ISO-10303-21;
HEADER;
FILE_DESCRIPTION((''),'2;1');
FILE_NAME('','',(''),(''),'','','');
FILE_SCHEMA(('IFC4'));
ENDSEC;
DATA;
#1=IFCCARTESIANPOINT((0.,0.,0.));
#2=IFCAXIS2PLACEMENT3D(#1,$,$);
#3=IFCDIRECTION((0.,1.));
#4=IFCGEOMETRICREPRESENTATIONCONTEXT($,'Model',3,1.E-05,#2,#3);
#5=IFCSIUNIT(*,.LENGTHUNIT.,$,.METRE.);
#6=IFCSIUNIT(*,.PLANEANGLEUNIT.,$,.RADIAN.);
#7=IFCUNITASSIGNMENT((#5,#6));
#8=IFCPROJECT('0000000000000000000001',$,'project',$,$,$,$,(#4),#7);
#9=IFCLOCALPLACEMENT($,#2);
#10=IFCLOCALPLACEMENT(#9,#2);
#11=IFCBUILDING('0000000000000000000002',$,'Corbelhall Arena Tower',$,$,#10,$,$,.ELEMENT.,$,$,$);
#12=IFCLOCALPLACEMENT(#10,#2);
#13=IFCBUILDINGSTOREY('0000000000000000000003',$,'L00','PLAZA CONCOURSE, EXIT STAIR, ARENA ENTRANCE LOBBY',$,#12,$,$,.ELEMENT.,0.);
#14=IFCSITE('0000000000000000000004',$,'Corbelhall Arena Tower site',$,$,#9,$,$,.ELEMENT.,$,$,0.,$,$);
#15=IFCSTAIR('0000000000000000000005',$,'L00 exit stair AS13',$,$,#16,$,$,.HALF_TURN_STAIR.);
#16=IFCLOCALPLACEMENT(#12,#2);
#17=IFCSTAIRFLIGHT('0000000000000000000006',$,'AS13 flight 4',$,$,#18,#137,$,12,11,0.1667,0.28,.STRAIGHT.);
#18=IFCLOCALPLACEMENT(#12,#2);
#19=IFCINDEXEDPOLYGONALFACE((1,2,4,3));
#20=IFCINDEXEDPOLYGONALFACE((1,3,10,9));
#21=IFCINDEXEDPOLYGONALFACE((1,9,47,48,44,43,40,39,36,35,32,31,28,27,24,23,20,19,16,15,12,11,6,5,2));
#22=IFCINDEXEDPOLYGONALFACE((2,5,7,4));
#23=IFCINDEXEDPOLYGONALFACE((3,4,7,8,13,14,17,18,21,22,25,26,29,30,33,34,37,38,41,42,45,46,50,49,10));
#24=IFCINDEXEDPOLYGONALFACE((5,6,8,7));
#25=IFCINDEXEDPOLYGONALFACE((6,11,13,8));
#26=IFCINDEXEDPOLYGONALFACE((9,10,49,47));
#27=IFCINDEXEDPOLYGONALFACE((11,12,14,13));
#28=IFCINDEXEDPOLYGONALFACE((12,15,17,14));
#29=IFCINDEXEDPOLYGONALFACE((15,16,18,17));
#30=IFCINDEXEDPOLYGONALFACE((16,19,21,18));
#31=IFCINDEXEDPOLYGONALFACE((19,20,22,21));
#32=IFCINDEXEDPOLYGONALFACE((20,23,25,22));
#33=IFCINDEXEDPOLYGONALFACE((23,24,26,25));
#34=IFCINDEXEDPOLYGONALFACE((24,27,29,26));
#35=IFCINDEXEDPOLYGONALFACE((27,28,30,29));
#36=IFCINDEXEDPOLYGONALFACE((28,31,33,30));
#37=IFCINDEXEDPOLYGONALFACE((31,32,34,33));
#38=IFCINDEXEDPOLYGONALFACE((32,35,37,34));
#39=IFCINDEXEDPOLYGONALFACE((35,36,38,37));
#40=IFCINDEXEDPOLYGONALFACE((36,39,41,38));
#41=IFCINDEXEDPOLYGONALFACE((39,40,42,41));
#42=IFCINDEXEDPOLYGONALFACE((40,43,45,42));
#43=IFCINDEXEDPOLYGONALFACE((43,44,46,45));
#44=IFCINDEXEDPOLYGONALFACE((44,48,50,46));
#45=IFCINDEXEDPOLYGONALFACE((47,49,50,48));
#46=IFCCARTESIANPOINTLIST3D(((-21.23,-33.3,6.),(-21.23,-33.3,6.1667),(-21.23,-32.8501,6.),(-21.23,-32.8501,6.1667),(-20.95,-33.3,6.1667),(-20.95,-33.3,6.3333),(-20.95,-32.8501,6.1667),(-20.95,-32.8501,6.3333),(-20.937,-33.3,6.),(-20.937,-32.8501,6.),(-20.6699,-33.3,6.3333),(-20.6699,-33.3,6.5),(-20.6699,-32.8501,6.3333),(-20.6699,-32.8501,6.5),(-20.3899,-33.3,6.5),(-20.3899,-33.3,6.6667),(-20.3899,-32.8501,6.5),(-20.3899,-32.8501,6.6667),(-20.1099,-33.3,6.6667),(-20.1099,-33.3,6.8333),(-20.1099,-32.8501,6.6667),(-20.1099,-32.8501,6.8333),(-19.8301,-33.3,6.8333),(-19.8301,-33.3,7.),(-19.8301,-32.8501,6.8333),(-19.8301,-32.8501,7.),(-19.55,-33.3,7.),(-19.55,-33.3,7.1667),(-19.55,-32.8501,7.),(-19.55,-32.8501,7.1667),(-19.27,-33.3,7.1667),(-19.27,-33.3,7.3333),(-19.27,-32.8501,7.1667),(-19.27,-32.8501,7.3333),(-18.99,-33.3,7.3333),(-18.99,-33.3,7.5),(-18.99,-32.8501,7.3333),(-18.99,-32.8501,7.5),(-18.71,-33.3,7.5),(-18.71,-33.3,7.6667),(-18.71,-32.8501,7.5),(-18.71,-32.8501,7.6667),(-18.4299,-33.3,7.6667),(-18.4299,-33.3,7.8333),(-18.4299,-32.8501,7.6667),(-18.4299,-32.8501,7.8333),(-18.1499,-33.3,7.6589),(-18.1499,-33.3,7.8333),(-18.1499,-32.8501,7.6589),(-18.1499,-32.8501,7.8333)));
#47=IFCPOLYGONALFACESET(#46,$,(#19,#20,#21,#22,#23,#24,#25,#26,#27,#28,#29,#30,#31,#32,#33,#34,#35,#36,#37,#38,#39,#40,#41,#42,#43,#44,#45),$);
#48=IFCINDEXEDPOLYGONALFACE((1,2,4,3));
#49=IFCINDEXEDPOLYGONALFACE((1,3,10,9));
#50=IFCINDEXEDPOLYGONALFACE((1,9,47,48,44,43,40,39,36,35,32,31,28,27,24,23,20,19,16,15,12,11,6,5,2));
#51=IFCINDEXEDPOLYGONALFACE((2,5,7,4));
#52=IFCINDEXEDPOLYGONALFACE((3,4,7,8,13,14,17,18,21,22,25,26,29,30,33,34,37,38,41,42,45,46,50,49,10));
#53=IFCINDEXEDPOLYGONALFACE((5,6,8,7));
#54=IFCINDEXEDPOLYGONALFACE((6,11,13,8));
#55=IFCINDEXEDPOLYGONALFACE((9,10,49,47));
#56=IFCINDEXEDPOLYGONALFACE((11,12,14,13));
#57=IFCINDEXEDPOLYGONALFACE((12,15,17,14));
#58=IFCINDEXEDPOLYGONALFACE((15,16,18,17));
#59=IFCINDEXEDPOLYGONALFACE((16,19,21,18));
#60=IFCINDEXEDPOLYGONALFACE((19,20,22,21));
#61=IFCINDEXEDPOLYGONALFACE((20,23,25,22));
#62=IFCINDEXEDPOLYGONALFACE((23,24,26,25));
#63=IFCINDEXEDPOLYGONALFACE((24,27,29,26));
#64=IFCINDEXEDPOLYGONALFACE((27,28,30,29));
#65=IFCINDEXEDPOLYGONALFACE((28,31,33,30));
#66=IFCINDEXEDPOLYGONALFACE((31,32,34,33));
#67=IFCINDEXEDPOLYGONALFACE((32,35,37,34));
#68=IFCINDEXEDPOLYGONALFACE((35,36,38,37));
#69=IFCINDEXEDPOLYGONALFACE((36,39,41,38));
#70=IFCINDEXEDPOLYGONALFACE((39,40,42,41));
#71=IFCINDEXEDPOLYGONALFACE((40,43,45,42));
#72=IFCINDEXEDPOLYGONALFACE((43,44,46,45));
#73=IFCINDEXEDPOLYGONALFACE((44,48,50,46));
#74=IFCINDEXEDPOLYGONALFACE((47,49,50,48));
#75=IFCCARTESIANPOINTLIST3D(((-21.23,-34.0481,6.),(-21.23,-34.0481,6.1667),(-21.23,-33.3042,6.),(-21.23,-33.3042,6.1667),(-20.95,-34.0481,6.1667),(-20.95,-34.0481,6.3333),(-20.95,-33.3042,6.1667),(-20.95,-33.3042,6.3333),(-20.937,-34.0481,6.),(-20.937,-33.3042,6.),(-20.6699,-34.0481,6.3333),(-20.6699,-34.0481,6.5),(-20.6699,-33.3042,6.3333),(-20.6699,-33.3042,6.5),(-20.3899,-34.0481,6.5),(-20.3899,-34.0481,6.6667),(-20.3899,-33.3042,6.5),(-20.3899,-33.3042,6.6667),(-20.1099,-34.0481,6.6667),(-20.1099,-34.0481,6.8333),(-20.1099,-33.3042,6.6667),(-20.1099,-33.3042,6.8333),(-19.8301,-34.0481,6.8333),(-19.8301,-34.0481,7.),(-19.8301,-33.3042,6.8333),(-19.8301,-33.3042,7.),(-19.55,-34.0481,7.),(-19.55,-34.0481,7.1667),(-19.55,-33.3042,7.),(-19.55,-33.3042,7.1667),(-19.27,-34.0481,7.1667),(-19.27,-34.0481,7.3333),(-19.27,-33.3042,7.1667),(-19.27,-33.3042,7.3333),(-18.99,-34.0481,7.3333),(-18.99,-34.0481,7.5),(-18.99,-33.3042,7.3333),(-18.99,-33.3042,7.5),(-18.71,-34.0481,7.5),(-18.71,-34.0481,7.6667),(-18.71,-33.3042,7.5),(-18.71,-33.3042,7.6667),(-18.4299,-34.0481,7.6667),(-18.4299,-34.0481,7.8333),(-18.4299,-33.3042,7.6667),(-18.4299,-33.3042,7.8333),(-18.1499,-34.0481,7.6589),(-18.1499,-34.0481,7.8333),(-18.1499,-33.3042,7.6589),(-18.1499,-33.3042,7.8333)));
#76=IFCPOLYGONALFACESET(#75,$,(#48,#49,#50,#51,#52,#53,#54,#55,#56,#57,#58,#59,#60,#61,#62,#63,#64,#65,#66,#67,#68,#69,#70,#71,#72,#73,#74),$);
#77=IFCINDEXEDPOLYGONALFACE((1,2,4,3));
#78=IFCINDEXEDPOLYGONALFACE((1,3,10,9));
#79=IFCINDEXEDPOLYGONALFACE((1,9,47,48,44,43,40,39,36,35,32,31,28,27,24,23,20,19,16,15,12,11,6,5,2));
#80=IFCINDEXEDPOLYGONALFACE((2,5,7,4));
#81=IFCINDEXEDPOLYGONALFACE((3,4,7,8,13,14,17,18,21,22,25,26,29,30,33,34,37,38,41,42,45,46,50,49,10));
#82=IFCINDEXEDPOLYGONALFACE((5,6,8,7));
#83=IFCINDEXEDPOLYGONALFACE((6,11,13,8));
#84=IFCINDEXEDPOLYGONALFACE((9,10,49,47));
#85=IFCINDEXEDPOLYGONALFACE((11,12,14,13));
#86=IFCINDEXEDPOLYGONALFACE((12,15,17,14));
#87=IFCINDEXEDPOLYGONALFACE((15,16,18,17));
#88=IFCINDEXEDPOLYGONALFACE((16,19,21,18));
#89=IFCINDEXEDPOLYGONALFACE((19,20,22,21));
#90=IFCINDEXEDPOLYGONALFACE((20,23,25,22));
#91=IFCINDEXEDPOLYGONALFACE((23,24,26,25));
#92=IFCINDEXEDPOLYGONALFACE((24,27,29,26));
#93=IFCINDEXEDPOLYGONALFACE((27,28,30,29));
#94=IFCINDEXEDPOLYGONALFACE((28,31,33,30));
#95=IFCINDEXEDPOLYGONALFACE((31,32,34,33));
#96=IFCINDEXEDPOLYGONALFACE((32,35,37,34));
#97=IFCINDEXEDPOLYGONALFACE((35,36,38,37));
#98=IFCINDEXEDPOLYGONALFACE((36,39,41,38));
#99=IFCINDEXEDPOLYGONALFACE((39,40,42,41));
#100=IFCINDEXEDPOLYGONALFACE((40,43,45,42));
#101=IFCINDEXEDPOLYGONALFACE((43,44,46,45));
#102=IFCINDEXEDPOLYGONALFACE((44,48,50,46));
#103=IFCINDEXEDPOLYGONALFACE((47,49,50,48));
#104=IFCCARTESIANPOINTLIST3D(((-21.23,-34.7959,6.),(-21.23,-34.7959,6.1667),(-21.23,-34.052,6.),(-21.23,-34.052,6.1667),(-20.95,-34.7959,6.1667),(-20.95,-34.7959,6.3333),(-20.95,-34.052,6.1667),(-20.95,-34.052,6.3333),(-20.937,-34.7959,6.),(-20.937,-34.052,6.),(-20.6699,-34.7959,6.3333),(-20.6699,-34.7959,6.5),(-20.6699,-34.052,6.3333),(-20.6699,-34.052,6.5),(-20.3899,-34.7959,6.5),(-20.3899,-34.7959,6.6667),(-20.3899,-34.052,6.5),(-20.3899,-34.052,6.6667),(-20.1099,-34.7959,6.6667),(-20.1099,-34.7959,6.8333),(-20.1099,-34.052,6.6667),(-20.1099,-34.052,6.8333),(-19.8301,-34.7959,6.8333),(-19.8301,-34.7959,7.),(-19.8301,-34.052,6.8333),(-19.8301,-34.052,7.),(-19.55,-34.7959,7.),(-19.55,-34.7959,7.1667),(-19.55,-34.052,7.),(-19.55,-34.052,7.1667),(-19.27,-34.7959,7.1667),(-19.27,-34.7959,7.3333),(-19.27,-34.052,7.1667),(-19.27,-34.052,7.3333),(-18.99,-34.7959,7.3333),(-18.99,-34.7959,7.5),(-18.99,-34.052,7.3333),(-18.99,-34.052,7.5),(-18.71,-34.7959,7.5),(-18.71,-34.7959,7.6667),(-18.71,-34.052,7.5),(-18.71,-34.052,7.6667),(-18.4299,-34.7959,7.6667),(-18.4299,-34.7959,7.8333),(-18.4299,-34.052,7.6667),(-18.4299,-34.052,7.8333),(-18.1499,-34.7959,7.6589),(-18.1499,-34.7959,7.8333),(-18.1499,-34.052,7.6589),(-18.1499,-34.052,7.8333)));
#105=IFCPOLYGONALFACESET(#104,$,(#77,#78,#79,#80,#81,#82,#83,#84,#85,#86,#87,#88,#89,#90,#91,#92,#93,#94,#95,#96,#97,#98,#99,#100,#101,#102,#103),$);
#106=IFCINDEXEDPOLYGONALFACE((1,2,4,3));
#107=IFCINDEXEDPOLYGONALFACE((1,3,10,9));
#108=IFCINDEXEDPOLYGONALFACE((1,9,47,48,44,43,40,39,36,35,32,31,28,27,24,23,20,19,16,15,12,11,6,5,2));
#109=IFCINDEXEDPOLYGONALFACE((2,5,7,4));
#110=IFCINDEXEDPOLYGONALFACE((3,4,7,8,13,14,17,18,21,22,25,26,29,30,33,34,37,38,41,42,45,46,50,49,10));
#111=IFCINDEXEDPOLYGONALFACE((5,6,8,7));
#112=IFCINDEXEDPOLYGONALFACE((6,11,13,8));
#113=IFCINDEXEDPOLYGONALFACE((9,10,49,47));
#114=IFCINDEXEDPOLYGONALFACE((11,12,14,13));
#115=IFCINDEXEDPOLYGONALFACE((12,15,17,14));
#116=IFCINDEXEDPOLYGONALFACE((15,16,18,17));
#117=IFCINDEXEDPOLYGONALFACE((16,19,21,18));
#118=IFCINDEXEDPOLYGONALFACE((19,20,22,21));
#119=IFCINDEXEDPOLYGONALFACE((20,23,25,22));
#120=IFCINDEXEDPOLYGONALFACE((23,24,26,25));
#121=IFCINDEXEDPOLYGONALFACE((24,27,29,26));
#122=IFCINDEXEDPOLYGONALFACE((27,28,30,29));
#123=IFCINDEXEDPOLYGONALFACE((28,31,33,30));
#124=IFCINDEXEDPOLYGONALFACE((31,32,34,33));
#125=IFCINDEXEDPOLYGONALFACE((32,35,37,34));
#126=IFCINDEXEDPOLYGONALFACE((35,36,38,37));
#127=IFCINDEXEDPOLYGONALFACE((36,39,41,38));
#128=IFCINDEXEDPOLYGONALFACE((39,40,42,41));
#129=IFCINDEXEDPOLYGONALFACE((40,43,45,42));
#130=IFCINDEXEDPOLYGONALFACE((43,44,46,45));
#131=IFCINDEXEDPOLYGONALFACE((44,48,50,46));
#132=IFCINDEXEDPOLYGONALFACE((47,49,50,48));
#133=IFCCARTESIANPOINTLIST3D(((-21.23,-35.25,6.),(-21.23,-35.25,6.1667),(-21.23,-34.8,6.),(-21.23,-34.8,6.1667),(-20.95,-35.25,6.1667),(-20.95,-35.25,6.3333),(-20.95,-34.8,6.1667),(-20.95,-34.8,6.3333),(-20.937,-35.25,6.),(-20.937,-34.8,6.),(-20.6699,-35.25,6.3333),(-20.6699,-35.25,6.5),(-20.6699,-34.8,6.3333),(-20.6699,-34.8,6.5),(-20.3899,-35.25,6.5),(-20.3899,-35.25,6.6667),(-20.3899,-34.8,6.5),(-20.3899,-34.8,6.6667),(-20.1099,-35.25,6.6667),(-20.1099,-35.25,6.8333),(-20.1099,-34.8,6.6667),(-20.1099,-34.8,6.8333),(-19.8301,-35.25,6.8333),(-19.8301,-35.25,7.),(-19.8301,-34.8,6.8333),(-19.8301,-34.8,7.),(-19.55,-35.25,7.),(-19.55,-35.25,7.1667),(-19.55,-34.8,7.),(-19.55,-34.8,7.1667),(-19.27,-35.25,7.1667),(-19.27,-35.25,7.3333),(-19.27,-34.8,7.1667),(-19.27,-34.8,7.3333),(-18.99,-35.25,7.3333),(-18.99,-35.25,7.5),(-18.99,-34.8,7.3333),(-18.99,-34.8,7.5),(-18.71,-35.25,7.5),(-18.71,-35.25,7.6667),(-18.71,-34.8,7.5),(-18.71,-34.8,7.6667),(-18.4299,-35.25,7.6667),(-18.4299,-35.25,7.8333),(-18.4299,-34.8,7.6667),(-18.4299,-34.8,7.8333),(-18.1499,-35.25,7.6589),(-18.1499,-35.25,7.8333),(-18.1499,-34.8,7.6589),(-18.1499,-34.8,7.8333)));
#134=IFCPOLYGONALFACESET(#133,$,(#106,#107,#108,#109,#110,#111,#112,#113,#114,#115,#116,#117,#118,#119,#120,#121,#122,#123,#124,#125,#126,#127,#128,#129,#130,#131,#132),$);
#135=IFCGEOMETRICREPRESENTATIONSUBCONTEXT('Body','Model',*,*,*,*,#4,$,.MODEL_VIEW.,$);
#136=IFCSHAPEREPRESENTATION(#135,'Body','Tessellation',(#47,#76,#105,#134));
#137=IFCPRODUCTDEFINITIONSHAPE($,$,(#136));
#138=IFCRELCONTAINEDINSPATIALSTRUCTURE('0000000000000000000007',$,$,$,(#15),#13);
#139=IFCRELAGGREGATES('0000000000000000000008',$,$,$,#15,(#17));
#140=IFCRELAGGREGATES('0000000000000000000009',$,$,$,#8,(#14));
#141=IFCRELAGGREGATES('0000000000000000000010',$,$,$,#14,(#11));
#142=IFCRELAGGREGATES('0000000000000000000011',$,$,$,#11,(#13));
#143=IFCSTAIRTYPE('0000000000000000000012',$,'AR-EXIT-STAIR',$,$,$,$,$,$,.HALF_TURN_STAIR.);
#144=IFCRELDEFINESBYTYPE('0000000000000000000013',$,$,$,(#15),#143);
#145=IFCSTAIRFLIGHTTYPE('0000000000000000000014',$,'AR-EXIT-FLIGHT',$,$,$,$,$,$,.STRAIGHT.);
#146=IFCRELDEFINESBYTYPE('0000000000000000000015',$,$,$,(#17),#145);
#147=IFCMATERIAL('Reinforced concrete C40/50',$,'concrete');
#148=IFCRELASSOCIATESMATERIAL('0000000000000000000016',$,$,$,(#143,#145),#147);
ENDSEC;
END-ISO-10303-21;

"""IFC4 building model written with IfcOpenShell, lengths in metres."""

from ifc_helpers import new_model, si_unit, direction, frame, origin, place, context, subcontext, project, spatial, polyline, outline, extrude, material, type_object, element, aggregate, save


model = new_model("IFC4")

# Units and contexts
model_context = context("Model", 3, precision=1e-05, world=origin(), true_north=direction((0.0, 1.0)))
body_context = subcontext(model_context, "Body", "Model", "MODEL_VIEW")
ifc_project = project(units=[si_unit("LENGTHUNIT", "METRE"), si_unit("PLANEANGLEUNIT", "RADIAN")], contexts=[model_context])

# Site, building, storey
site_placement = place(None, origin())
site = spatial("IfcSite", under=ifc_project, at=site_placement, Name="Corbelhall Arena Tower site", CompositionType="ELEMENT", RefElevation=0.0)
building_placement = place(site_placement, origin())
building = spatial("IfcBuilding", under=site, at=building_placement, Name="Corbelhall Arena Tower", CompositionType="ELEMENT")
storey_placement = place(building_placement, origin())
storey = spatial("IfcBuildingStorey", under=building, at=storey_placement, Name="L00", Description="PLAZA CONCOURSE, EXIT STAIR, ARENA ENTRANCE LOBBY", CompositionType="ELEMENT", Elevation=0.0)

# Shared definitions
ifc_material_1 = material(Name="Reinforced concrete C40/50", Category="concrete")

# Stair, stair flight
stair_type = type_object("IfcStairType", Name="AR-EXIT-STAIR", PredefinedType="HALF_TURN_STAIR", material=ifc_material_1)
stair_placement = place(storey_placement, origin())
stair = element("IfcStair", 1, at=stair_placement, inside=storey, type_object=stair_type, Name="L00 exit stair AS13", PredefinedType="HALF_TURN_STAIR")
stair_flight_type = type_object("IfcStairFlightType", Name="AR-EXIT-FLIGHT", PredefinedType="STRAIGHT", material=ifc_material_1)
stair_flight_1_placement = place(storey_placement, frame((-21.23, -34.05, 6.0), z_axis=(0.0, 0.0, 1.0), x_axis=(1.0, 0.0, 0.0)))
stair_flight_1 = element("IfcStairFlight", 2, at=stair_flight_1_placement, type_object=stair_flight_type, Name="AS13 flight 4", NumberOfRisers=12, NumberOfTreads=11, PredefinedType="STRAIGHT", RiserHeight=0.1667, TreadLength=0.28, context=body_context, shape_type="SweptSolid", body=[
    extrude(outline(polyline([(0.0, 0.0), (0.0, 0.1667), (0.28, 0.1667), (0.28, 0.3333), (0.5601, 0.3333), (0.5601, 0.5), (0.8401, 0.5), (0.8401, 0.6667), (1.1201, 0.6667), (1.1201, 0.8333), (1.3999, 0.8333), (1.3999, 1.0), (1.6799, 1.0), (1.6799, 1.1667), (1.96, 1.1667), (1.96, 1.3333), (2.24, 1.3333), (2.24, 1.5), (2.52, 1.5), (2.52, 1.6667), (2.8, 1.6667), (2.8, 1.8333), (3.0801, 1.8333), (3.0801, 2.0), (3.0801, 1.6589), (0.293, 0.0), (0.0, 0.0)])), frame((0.0, 1.2, 0.0), z_axis=(0.0, -1.0, 0.0), x_axis=(1.0, 0.0, 0.0)), (0.0, 0.0, 1.0), 0.45),
    extrude(outline(polyline([(0.0, 0.0), (0.0, 0.1667), (0.28, 0.1667), (0.28, 0.3333), (0.5601, 0.3333), (0.5601, 0.5), (0.8401, 0.5), (0.8401, 0.6667), (1.1201, 0.6667), (1.1201, 0.8333), (1.3999, 0.8333), (1.3999, 1.0), (1.6799, 1.0), (1.6799, 1.1667), (1.96, 1.1667), (1.96, 1.3333), (2.24, 1.3333), (2.24, 1.5), (2.52, 1.5), (2.52, 1.6667), (2.8, 1.6667), (2.8, 1.8333), (3.0801, 1.8333), (3.0801, 2.0), (3.0801, 1.6589), (0.293, 0.0), (0.0, 0.0)])), frame((0.0, 0.7458, 0.0), z_axis=(0.0, -1.0, 0.0), x_axis=(1.0, 0.0, 0.0)), (0.0, 0.0, 1.0), 0.7439),
    extrude(outline(polyline([(0.0, 0.0), (0.0, 0.1667), (0.28, 0.1667), (0.28, 0.3333), (0.5601, 0.3333), (0.5601, 0.5), (0.8401, 0.5), (0.8401, 0.6667), (1.1201, 0.6667), (1.1201, 0.8333), (1.3999, 0.8333), (1.3999, 1.0), (1.6799, 1.0), (1.6799, 1.1667), (1.96, 1.1667), (1.96, 1.3333), (2.24, 1.3333), (2.24, 1.5), (2.52, 1.5), (2.52, 1.6667), (2.8, 1.6667), (2.8, 1.8333), (3.0801, 1.8333), (3.0801, 2.0), (3.0801, 1.6589), (0.293, 0.0), (0.0, 0.0)])), frame((0.0, -0.002, 0.0), z_axis=(0.0, -1.0, 0.0), x_axis=(1.0, 0.0, 0.0)), (0.0, 0.0, 1.0), 0.7439),
    extrude(outline(polyline([(0.0, 0.0), (0.0, 0.1667), (0.28, 0.1667), (0.28, 0.3333), (0.5601, 0.3333), (0.5601, 0.5), (0.8401, 0.5), (0.8401, 0.6667), (1.1201, 0.6667), (1.1201, 0.8333), (1.3999, 0.8333), (1.3999, 1.0), (1.6799, 1.0), (1.6799, 1.1667), (1.96, 1.1667), (1.96, 1.3333), (2.24, 1.3333), (2.24, 1.5), (2.52, 1.5), (2.52, 1.6667), (2.8, 1.6667), (2.8, 1.8333), (3.0801, 1.8333), (3.0801, 2.0), (3.0801, 1.6589), (0.293, 0.0), (0.0, 0.0)])), frame((0.0, -0.75, 0.0), z_axis=(0.0, -1.0, 0.0), x_axis=(1.0, 0.0, 0.0)), (0.0, 0.0, 1.0), 0.45),
])
aggregate(stair, [stair_flight_1])

save(model, "model.ifc")
